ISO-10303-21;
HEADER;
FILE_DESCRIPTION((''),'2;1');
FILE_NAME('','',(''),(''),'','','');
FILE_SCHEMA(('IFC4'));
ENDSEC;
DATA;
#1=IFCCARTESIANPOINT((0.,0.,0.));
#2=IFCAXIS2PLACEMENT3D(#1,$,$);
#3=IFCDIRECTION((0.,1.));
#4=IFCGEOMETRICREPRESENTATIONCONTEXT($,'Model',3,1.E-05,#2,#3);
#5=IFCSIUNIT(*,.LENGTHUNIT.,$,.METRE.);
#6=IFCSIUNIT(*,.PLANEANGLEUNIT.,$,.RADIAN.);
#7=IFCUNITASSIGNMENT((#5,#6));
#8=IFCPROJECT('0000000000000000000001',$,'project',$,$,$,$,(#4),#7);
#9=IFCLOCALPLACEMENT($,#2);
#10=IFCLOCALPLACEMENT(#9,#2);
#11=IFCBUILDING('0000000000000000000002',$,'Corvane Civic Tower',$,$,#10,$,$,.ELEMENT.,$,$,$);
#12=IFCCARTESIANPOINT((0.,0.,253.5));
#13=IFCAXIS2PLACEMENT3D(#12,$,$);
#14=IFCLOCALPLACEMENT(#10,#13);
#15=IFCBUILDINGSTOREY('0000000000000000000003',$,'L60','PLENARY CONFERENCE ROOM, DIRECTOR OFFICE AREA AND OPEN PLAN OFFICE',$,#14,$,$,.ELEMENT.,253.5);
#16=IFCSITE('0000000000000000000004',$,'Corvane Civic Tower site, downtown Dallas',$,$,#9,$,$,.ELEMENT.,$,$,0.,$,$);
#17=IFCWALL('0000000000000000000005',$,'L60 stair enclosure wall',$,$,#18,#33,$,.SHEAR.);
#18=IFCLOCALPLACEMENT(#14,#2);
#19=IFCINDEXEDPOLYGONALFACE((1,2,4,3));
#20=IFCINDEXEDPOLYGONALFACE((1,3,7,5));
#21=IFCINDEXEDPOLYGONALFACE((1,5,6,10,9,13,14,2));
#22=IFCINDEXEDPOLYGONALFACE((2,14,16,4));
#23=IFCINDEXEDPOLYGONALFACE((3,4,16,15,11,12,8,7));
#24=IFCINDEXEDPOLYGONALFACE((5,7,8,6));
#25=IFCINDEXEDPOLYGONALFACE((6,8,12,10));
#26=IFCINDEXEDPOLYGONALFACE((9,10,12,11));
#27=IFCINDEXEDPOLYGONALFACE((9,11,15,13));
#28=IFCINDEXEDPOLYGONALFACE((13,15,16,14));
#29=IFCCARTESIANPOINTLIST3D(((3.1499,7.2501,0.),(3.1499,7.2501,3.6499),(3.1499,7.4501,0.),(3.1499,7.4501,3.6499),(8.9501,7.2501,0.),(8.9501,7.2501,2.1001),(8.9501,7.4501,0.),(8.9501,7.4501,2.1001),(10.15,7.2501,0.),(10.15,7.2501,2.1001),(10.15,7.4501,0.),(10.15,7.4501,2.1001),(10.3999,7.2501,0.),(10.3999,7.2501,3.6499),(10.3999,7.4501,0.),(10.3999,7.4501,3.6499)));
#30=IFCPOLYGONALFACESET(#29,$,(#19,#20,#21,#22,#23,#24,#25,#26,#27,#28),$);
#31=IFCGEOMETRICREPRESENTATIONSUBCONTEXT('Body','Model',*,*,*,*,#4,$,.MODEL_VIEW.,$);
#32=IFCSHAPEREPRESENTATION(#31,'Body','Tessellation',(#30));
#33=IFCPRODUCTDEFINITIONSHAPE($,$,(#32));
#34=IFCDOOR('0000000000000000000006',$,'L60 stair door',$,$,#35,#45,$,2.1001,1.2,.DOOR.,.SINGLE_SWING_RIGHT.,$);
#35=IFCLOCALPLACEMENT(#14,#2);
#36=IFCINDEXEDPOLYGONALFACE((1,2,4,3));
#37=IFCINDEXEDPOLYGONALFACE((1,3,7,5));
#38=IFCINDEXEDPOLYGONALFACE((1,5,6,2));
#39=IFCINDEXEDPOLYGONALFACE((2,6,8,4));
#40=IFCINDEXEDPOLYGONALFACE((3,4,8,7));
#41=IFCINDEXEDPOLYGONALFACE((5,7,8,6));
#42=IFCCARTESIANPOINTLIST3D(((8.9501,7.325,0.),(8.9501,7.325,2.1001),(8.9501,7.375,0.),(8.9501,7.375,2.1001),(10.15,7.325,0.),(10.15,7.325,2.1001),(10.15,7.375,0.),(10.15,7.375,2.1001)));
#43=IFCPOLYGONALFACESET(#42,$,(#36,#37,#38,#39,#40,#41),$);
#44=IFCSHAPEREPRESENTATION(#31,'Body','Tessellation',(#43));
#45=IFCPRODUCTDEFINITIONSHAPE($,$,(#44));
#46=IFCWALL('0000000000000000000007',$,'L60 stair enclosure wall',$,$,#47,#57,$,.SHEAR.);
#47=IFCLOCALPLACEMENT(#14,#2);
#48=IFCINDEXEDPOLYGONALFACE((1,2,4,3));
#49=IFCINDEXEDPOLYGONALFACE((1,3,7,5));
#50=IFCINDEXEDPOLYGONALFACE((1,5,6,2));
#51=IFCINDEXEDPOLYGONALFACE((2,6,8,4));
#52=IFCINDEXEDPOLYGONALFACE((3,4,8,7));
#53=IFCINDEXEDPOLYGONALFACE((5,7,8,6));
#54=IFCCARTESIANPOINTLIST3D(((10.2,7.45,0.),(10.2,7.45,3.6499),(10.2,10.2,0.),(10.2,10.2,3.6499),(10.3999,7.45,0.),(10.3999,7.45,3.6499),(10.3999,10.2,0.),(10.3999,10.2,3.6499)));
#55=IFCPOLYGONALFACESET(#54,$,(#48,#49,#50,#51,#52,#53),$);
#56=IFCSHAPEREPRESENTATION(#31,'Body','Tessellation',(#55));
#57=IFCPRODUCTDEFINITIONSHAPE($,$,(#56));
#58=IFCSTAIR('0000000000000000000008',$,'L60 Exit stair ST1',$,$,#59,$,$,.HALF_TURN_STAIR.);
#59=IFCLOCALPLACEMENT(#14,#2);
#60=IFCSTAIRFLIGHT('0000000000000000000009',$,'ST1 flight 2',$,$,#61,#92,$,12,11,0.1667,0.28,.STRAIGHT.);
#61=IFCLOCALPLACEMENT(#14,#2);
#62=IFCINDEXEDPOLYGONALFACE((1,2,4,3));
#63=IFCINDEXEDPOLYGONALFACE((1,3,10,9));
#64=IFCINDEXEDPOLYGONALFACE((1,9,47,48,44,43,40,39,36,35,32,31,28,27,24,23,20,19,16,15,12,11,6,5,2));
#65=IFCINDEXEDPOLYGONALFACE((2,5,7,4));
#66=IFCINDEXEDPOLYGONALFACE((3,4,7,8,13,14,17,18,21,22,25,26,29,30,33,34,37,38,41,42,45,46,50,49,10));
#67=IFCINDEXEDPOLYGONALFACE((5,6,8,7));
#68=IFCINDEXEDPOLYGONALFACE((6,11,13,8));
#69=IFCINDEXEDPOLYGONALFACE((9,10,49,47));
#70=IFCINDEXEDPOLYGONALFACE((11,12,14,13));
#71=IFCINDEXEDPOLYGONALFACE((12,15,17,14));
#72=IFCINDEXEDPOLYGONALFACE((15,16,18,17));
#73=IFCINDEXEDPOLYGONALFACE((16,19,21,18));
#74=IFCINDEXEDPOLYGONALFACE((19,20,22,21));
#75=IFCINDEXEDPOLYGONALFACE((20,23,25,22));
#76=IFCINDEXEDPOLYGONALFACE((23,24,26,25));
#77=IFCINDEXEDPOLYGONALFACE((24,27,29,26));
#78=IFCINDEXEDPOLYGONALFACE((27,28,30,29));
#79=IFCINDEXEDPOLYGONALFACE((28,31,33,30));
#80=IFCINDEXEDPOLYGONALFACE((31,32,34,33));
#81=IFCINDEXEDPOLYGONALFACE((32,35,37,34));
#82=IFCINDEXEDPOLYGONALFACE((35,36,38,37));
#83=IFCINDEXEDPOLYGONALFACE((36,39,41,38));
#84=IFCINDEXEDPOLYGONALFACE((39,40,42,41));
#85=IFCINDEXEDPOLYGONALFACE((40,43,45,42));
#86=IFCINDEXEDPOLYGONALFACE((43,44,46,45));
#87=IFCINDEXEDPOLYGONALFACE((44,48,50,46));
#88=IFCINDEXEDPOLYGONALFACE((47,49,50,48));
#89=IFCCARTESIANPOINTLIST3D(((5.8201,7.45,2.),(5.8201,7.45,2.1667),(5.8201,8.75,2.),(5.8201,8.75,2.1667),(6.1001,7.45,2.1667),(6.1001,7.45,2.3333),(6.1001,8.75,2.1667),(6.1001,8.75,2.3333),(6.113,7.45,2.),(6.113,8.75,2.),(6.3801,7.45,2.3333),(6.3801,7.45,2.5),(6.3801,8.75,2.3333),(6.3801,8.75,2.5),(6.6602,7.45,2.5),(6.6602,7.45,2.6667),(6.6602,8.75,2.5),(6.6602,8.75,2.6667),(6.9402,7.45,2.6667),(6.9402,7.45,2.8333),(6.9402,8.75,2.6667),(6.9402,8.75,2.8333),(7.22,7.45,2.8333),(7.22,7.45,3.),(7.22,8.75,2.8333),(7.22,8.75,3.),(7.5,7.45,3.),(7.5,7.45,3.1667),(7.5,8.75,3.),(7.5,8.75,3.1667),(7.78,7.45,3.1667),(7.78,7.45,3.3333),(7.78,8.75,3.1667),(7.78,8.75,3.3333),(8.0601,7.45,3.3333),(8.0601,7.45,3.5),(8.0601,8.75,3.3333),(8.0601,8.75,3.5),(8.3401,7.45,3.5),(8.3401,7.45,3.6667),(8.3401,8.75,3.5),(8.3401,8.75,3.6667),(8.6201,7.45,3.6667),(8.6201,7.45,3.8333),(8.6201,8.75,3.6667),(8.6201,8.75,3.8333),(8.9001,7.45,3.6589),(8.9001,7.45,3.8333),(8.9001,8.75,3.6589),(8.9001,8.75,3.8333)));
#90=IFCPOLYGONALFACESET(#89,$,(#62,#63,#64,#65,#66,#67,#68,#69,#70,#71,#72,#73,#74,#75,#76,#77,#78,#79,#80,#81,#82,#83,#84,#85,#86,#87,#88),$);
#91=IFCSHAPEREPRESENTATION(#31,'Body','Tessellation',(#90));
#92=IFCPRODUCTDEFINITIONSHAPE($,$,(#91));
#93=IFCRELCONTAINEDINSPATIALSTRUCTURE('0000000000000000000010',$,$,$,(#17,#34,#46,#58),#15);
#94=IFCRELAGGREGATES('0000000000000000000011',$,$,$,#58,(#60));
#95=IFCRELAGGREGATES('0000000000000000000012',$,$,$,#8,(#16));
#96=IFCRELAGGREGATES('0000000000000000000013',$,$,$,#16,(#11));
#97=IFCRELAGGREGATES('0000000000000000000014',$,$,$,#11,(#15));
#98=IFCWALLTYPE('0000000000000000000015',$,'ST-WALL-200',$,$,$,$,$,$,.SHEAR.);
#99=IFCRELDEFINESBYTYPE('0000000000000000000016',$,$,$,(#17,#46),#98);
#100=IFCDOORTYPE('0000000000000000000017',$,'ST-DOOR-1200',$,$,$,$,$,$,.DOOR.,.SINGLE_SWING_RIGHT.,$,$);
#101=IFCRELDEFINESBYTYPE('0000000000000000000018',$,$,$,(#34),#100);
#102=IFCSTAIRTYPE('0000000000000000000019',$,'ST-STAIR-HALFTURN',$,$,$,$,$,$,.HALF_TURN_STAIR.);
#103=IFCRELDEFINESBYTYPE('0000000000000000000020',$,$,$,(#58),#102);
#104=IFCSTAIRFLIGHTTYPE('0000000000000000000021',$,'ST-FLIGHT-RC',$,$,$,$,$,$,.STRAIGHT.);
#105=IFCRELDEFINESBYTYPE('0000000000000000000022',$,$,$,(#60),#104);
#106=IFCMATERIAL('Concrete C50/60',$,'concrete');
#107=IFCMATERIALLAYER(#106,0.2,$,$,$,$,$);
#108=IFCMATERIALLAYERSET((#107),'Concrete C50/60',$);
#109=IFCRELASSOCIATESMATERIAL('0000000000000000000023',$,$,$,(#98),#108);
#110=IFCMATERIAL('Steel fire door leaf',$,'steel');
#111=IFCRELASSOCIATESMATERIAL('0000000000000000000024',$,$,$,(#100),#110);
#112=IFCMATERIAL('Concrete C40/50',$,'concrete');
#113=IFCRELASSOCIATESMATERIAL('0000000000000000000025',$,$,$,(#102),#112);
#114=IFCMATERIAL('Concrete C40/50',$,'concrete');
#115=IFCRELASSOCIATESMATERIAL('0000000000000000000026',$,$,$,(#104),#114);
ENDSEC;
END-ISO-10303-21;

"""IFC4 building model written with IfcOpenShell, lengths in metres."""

from ifc_helpers import new_model, si_unit, direction, frame, frame_2d, origin, place, context, subcontext, project, spatial, polyline, rectangle, outline, extrude, material, layer, layer_set, type_object, element, fill, aggregate, save


model = new_model("IFC4")

# Units and contexts
model_context = context("Model", 3, precision=1e-05, world=origin(), true_north=direction((0.0, 1.0)))
body_context = subcontext(model_context, "Body", "Model", "MODEL_VIEW")
ifc_project = project(units=[si_unit("LENGTHUNIT", "METRE"), si_unit("PLANEANGLEUNIT", "RADIAN")], contexts=[model_context])

# Site, building, storey
site_placement = place(None, origin())
site = spatial("IfcSite", under=ifc_project, at=site_placement, Name="Corvane Civic Tower site, downtown Dallas", CompositionType="ELEMENT", RefElevation=0.0)
building_placement = place(site_placement, origin())
building = spatial("IfcBuilding", under=site, at=building_placement, Name="Corvane Civic Tower", CompositionType="ELEMENT")
storey_placement = place(building_placement, frame((0.0, 0.0, 253.5)))
storey = spatial("IfcBuildingStorey", under=building, at=storey_placement, Name="L60", Description="PLENARY CONFERENCE ROOM, DIRECTOR OFFICE AREA AND OPEN PLAN OFFICE", CompositionType="ELEMENT", Elevation=253.5)

# Wall, opening, door
ifc_material_1 = material(Name="Concrete C50/60", Category="concrete")
ifc_layer_1 = layer(ifc_material_1, 0.2)
ifc_layer_set_1 = layer_set([ifc_layer_1], Name="Concrete C50/60")
wall_type_1 = type_object("IfcWallType", Name="ST-WALL-200", PredefinedType="SHEAR", material=ifc_layer_set_1)
wall_1_placement = place(storey_placement, frame((3.1499, 7.3501, 0.0), z_axis=(0.0, 0.0, 1.0), x_axis=(1.0, 0.0, 0.0)))
wall_1 = element("IfcWall", 1, at=wall_1_placement, inside=storey, type_object=wall_type_1, Name="L60 stair enclosure wall", PredefinedType="SHEAR", context=body_context, shape_type="SweptSolid", body=[
    extrude(rectangle(XDim=7.25, YDim=0.2, at=frame_2d((3.625, 0.0))), origin(), (0.0, 0.0, 1.0), 3.6499),
])
opening_1_placement = place(wall_1_placement, frame((5.8, 0.0, 0.0)))
opening_1 = element("IfcOpeningElement", 2, at=opening_1_placement, cuts=wall_1, PredefinedType="OPENING", context=body_context, shape_type="SweptSolid", body=[
    extrude(rectangle(XDim=1.2, YDim=2.1001, at=frame_2d((0.6001, 1.05))), frame((0.0, 0.1099, 0.0), z_axis=(0.0, -1.0, 0.0), x_axis=(1.0, 0.0, 0.0)), (0.0, 0.0, 1.0), 0.22),
])
ifc_material_2 = material(Name="Steel fire door leaf", Category="steel")
door_type_1 = type_object("IfcDoorType", Name="ST-DOOR-1200", OperationType="SINGLE_SWING_RIGHT", PredefinedType="DOOR", material=ifc_material_2)
door_1_placement = place(opening_1_placement, origin())
door_1 = element("IfcDoor", 3, at=door_1_placement, inside=storey, type_object=door_type_1, Name="L60 stair door", OperationType="SINGLE_SWING_RIGHT", OverallHeight=2.1001, OverallWidth=1.2, PredefinedType="DOOR", context=body_context, shape_type="SweptSolid", body=[
    extrude(rectangle(XDim=1.2, YDim=2.1001, at=frame_2d((0.6001, 1.05))), frame((0.0, 0.0249, 0.0), z_axis=(0.0, -1.0, 0.0), x_axis=(1.0, 0.0, 0.0)), (0.0, 0.0, 1.0), 0.05),
])
fill(opening_1, door_1)

# Wall
wall_2_placement = place(storey_placement, origin())
element("IfcWall", 4, at=wall_2_placement, inside=storey, type_object=wall_type_1, Name="L60 stair enclosure wall", PredefinedType="SHEAR", context=body_context, shape_type="SweptSolid", body=[
    extrude(outline(polyline([(10.3999, 7.45), (10.2, 7.45), (10.2, 10.2), (10.3999, 10.2), (10.3999, 7.45)])), origin(), (0.0, 0.0, 1.0), 3.6499),
])

# Stair, stair flight
ifc_material_3 = material(Name="Concrete C40/50", Category="concrete")
stair_type = type_object("IfcStairType", Name="ST-STAIR-HALFTURN", PredefinedType="HALF_TURN_STAIR", material=ifc_material_3)
stair_placement = place(storey_placement, origin())
stair = element("IfcStair", 5, at=stair_placement, inside=storey, type_object=stair_type, Name="L60 Exit stair ST1", PredefinedType="HALF_TURN_STAIR")
ifc_material_4 = material(Name="Concrete C40/50", Category="concrete")
stair_flight_type = type_object("IfcStairFlightType", Name="ST-FLIGHT-RC", PredefinedType="STRAIGHT", material=ifc_material_4)
stair_flight_placement = place(storey_placement, frame((5.8201, 8.1001, 2.0), z_axis=(0.0, 0.0, 1.0), x_axis=(1.0, 0.0, 0.0)))
stair_flight = element("IfcStairFlight", 6, at=stair_flight_placement, type_object=stair_flight_type, Name="ST1 flight 2", NumberOfRisers=12, NumberOfTreads=11, PredefinedType="STRAIGHT", RiserHeight=0.1667, TreadLength=0.28, context=body_context, shape_type="SweptSolid", body=[
    extrude(outline(polyline([(0.0, 0.0), (0.0, 0.1667), (0.28, 0.1667), (0.28, 0.3333), (0.5601, 0.3333), (0.5601, 0.5), (0.8401, 0.5), (0.8401, 0.6667), (1.1201, 0.6667), (1.1201, 0.8333), (1.3999, 0.8333), (1.3999, 1.0), (1.6799, 1.0), (1.6799, 1.1667), (1.96, 1.1667), (1.96, 1.3333), (2.24, 1.3333), (2.24, 1.5), (2.52, 1.5), (2.52, 1.6667), (2.8, 1.6667), (2.8, 1.8333), (3.0801, 1.8333), (3.0801, 2.0), (3.0801, 1.6589), (0.293, 0.0), (0.0, 0.0)])), frame((0.0, 0.6499, 0.0), z_axis=(0.0, -1.0, 0.0), x_axis=(1.0, 0.0, 0.0)), (0.0, 0.0, 1.0), 1.3),
])
aggregate(stair, [stair_flight])

save(model, "model.ifc")
